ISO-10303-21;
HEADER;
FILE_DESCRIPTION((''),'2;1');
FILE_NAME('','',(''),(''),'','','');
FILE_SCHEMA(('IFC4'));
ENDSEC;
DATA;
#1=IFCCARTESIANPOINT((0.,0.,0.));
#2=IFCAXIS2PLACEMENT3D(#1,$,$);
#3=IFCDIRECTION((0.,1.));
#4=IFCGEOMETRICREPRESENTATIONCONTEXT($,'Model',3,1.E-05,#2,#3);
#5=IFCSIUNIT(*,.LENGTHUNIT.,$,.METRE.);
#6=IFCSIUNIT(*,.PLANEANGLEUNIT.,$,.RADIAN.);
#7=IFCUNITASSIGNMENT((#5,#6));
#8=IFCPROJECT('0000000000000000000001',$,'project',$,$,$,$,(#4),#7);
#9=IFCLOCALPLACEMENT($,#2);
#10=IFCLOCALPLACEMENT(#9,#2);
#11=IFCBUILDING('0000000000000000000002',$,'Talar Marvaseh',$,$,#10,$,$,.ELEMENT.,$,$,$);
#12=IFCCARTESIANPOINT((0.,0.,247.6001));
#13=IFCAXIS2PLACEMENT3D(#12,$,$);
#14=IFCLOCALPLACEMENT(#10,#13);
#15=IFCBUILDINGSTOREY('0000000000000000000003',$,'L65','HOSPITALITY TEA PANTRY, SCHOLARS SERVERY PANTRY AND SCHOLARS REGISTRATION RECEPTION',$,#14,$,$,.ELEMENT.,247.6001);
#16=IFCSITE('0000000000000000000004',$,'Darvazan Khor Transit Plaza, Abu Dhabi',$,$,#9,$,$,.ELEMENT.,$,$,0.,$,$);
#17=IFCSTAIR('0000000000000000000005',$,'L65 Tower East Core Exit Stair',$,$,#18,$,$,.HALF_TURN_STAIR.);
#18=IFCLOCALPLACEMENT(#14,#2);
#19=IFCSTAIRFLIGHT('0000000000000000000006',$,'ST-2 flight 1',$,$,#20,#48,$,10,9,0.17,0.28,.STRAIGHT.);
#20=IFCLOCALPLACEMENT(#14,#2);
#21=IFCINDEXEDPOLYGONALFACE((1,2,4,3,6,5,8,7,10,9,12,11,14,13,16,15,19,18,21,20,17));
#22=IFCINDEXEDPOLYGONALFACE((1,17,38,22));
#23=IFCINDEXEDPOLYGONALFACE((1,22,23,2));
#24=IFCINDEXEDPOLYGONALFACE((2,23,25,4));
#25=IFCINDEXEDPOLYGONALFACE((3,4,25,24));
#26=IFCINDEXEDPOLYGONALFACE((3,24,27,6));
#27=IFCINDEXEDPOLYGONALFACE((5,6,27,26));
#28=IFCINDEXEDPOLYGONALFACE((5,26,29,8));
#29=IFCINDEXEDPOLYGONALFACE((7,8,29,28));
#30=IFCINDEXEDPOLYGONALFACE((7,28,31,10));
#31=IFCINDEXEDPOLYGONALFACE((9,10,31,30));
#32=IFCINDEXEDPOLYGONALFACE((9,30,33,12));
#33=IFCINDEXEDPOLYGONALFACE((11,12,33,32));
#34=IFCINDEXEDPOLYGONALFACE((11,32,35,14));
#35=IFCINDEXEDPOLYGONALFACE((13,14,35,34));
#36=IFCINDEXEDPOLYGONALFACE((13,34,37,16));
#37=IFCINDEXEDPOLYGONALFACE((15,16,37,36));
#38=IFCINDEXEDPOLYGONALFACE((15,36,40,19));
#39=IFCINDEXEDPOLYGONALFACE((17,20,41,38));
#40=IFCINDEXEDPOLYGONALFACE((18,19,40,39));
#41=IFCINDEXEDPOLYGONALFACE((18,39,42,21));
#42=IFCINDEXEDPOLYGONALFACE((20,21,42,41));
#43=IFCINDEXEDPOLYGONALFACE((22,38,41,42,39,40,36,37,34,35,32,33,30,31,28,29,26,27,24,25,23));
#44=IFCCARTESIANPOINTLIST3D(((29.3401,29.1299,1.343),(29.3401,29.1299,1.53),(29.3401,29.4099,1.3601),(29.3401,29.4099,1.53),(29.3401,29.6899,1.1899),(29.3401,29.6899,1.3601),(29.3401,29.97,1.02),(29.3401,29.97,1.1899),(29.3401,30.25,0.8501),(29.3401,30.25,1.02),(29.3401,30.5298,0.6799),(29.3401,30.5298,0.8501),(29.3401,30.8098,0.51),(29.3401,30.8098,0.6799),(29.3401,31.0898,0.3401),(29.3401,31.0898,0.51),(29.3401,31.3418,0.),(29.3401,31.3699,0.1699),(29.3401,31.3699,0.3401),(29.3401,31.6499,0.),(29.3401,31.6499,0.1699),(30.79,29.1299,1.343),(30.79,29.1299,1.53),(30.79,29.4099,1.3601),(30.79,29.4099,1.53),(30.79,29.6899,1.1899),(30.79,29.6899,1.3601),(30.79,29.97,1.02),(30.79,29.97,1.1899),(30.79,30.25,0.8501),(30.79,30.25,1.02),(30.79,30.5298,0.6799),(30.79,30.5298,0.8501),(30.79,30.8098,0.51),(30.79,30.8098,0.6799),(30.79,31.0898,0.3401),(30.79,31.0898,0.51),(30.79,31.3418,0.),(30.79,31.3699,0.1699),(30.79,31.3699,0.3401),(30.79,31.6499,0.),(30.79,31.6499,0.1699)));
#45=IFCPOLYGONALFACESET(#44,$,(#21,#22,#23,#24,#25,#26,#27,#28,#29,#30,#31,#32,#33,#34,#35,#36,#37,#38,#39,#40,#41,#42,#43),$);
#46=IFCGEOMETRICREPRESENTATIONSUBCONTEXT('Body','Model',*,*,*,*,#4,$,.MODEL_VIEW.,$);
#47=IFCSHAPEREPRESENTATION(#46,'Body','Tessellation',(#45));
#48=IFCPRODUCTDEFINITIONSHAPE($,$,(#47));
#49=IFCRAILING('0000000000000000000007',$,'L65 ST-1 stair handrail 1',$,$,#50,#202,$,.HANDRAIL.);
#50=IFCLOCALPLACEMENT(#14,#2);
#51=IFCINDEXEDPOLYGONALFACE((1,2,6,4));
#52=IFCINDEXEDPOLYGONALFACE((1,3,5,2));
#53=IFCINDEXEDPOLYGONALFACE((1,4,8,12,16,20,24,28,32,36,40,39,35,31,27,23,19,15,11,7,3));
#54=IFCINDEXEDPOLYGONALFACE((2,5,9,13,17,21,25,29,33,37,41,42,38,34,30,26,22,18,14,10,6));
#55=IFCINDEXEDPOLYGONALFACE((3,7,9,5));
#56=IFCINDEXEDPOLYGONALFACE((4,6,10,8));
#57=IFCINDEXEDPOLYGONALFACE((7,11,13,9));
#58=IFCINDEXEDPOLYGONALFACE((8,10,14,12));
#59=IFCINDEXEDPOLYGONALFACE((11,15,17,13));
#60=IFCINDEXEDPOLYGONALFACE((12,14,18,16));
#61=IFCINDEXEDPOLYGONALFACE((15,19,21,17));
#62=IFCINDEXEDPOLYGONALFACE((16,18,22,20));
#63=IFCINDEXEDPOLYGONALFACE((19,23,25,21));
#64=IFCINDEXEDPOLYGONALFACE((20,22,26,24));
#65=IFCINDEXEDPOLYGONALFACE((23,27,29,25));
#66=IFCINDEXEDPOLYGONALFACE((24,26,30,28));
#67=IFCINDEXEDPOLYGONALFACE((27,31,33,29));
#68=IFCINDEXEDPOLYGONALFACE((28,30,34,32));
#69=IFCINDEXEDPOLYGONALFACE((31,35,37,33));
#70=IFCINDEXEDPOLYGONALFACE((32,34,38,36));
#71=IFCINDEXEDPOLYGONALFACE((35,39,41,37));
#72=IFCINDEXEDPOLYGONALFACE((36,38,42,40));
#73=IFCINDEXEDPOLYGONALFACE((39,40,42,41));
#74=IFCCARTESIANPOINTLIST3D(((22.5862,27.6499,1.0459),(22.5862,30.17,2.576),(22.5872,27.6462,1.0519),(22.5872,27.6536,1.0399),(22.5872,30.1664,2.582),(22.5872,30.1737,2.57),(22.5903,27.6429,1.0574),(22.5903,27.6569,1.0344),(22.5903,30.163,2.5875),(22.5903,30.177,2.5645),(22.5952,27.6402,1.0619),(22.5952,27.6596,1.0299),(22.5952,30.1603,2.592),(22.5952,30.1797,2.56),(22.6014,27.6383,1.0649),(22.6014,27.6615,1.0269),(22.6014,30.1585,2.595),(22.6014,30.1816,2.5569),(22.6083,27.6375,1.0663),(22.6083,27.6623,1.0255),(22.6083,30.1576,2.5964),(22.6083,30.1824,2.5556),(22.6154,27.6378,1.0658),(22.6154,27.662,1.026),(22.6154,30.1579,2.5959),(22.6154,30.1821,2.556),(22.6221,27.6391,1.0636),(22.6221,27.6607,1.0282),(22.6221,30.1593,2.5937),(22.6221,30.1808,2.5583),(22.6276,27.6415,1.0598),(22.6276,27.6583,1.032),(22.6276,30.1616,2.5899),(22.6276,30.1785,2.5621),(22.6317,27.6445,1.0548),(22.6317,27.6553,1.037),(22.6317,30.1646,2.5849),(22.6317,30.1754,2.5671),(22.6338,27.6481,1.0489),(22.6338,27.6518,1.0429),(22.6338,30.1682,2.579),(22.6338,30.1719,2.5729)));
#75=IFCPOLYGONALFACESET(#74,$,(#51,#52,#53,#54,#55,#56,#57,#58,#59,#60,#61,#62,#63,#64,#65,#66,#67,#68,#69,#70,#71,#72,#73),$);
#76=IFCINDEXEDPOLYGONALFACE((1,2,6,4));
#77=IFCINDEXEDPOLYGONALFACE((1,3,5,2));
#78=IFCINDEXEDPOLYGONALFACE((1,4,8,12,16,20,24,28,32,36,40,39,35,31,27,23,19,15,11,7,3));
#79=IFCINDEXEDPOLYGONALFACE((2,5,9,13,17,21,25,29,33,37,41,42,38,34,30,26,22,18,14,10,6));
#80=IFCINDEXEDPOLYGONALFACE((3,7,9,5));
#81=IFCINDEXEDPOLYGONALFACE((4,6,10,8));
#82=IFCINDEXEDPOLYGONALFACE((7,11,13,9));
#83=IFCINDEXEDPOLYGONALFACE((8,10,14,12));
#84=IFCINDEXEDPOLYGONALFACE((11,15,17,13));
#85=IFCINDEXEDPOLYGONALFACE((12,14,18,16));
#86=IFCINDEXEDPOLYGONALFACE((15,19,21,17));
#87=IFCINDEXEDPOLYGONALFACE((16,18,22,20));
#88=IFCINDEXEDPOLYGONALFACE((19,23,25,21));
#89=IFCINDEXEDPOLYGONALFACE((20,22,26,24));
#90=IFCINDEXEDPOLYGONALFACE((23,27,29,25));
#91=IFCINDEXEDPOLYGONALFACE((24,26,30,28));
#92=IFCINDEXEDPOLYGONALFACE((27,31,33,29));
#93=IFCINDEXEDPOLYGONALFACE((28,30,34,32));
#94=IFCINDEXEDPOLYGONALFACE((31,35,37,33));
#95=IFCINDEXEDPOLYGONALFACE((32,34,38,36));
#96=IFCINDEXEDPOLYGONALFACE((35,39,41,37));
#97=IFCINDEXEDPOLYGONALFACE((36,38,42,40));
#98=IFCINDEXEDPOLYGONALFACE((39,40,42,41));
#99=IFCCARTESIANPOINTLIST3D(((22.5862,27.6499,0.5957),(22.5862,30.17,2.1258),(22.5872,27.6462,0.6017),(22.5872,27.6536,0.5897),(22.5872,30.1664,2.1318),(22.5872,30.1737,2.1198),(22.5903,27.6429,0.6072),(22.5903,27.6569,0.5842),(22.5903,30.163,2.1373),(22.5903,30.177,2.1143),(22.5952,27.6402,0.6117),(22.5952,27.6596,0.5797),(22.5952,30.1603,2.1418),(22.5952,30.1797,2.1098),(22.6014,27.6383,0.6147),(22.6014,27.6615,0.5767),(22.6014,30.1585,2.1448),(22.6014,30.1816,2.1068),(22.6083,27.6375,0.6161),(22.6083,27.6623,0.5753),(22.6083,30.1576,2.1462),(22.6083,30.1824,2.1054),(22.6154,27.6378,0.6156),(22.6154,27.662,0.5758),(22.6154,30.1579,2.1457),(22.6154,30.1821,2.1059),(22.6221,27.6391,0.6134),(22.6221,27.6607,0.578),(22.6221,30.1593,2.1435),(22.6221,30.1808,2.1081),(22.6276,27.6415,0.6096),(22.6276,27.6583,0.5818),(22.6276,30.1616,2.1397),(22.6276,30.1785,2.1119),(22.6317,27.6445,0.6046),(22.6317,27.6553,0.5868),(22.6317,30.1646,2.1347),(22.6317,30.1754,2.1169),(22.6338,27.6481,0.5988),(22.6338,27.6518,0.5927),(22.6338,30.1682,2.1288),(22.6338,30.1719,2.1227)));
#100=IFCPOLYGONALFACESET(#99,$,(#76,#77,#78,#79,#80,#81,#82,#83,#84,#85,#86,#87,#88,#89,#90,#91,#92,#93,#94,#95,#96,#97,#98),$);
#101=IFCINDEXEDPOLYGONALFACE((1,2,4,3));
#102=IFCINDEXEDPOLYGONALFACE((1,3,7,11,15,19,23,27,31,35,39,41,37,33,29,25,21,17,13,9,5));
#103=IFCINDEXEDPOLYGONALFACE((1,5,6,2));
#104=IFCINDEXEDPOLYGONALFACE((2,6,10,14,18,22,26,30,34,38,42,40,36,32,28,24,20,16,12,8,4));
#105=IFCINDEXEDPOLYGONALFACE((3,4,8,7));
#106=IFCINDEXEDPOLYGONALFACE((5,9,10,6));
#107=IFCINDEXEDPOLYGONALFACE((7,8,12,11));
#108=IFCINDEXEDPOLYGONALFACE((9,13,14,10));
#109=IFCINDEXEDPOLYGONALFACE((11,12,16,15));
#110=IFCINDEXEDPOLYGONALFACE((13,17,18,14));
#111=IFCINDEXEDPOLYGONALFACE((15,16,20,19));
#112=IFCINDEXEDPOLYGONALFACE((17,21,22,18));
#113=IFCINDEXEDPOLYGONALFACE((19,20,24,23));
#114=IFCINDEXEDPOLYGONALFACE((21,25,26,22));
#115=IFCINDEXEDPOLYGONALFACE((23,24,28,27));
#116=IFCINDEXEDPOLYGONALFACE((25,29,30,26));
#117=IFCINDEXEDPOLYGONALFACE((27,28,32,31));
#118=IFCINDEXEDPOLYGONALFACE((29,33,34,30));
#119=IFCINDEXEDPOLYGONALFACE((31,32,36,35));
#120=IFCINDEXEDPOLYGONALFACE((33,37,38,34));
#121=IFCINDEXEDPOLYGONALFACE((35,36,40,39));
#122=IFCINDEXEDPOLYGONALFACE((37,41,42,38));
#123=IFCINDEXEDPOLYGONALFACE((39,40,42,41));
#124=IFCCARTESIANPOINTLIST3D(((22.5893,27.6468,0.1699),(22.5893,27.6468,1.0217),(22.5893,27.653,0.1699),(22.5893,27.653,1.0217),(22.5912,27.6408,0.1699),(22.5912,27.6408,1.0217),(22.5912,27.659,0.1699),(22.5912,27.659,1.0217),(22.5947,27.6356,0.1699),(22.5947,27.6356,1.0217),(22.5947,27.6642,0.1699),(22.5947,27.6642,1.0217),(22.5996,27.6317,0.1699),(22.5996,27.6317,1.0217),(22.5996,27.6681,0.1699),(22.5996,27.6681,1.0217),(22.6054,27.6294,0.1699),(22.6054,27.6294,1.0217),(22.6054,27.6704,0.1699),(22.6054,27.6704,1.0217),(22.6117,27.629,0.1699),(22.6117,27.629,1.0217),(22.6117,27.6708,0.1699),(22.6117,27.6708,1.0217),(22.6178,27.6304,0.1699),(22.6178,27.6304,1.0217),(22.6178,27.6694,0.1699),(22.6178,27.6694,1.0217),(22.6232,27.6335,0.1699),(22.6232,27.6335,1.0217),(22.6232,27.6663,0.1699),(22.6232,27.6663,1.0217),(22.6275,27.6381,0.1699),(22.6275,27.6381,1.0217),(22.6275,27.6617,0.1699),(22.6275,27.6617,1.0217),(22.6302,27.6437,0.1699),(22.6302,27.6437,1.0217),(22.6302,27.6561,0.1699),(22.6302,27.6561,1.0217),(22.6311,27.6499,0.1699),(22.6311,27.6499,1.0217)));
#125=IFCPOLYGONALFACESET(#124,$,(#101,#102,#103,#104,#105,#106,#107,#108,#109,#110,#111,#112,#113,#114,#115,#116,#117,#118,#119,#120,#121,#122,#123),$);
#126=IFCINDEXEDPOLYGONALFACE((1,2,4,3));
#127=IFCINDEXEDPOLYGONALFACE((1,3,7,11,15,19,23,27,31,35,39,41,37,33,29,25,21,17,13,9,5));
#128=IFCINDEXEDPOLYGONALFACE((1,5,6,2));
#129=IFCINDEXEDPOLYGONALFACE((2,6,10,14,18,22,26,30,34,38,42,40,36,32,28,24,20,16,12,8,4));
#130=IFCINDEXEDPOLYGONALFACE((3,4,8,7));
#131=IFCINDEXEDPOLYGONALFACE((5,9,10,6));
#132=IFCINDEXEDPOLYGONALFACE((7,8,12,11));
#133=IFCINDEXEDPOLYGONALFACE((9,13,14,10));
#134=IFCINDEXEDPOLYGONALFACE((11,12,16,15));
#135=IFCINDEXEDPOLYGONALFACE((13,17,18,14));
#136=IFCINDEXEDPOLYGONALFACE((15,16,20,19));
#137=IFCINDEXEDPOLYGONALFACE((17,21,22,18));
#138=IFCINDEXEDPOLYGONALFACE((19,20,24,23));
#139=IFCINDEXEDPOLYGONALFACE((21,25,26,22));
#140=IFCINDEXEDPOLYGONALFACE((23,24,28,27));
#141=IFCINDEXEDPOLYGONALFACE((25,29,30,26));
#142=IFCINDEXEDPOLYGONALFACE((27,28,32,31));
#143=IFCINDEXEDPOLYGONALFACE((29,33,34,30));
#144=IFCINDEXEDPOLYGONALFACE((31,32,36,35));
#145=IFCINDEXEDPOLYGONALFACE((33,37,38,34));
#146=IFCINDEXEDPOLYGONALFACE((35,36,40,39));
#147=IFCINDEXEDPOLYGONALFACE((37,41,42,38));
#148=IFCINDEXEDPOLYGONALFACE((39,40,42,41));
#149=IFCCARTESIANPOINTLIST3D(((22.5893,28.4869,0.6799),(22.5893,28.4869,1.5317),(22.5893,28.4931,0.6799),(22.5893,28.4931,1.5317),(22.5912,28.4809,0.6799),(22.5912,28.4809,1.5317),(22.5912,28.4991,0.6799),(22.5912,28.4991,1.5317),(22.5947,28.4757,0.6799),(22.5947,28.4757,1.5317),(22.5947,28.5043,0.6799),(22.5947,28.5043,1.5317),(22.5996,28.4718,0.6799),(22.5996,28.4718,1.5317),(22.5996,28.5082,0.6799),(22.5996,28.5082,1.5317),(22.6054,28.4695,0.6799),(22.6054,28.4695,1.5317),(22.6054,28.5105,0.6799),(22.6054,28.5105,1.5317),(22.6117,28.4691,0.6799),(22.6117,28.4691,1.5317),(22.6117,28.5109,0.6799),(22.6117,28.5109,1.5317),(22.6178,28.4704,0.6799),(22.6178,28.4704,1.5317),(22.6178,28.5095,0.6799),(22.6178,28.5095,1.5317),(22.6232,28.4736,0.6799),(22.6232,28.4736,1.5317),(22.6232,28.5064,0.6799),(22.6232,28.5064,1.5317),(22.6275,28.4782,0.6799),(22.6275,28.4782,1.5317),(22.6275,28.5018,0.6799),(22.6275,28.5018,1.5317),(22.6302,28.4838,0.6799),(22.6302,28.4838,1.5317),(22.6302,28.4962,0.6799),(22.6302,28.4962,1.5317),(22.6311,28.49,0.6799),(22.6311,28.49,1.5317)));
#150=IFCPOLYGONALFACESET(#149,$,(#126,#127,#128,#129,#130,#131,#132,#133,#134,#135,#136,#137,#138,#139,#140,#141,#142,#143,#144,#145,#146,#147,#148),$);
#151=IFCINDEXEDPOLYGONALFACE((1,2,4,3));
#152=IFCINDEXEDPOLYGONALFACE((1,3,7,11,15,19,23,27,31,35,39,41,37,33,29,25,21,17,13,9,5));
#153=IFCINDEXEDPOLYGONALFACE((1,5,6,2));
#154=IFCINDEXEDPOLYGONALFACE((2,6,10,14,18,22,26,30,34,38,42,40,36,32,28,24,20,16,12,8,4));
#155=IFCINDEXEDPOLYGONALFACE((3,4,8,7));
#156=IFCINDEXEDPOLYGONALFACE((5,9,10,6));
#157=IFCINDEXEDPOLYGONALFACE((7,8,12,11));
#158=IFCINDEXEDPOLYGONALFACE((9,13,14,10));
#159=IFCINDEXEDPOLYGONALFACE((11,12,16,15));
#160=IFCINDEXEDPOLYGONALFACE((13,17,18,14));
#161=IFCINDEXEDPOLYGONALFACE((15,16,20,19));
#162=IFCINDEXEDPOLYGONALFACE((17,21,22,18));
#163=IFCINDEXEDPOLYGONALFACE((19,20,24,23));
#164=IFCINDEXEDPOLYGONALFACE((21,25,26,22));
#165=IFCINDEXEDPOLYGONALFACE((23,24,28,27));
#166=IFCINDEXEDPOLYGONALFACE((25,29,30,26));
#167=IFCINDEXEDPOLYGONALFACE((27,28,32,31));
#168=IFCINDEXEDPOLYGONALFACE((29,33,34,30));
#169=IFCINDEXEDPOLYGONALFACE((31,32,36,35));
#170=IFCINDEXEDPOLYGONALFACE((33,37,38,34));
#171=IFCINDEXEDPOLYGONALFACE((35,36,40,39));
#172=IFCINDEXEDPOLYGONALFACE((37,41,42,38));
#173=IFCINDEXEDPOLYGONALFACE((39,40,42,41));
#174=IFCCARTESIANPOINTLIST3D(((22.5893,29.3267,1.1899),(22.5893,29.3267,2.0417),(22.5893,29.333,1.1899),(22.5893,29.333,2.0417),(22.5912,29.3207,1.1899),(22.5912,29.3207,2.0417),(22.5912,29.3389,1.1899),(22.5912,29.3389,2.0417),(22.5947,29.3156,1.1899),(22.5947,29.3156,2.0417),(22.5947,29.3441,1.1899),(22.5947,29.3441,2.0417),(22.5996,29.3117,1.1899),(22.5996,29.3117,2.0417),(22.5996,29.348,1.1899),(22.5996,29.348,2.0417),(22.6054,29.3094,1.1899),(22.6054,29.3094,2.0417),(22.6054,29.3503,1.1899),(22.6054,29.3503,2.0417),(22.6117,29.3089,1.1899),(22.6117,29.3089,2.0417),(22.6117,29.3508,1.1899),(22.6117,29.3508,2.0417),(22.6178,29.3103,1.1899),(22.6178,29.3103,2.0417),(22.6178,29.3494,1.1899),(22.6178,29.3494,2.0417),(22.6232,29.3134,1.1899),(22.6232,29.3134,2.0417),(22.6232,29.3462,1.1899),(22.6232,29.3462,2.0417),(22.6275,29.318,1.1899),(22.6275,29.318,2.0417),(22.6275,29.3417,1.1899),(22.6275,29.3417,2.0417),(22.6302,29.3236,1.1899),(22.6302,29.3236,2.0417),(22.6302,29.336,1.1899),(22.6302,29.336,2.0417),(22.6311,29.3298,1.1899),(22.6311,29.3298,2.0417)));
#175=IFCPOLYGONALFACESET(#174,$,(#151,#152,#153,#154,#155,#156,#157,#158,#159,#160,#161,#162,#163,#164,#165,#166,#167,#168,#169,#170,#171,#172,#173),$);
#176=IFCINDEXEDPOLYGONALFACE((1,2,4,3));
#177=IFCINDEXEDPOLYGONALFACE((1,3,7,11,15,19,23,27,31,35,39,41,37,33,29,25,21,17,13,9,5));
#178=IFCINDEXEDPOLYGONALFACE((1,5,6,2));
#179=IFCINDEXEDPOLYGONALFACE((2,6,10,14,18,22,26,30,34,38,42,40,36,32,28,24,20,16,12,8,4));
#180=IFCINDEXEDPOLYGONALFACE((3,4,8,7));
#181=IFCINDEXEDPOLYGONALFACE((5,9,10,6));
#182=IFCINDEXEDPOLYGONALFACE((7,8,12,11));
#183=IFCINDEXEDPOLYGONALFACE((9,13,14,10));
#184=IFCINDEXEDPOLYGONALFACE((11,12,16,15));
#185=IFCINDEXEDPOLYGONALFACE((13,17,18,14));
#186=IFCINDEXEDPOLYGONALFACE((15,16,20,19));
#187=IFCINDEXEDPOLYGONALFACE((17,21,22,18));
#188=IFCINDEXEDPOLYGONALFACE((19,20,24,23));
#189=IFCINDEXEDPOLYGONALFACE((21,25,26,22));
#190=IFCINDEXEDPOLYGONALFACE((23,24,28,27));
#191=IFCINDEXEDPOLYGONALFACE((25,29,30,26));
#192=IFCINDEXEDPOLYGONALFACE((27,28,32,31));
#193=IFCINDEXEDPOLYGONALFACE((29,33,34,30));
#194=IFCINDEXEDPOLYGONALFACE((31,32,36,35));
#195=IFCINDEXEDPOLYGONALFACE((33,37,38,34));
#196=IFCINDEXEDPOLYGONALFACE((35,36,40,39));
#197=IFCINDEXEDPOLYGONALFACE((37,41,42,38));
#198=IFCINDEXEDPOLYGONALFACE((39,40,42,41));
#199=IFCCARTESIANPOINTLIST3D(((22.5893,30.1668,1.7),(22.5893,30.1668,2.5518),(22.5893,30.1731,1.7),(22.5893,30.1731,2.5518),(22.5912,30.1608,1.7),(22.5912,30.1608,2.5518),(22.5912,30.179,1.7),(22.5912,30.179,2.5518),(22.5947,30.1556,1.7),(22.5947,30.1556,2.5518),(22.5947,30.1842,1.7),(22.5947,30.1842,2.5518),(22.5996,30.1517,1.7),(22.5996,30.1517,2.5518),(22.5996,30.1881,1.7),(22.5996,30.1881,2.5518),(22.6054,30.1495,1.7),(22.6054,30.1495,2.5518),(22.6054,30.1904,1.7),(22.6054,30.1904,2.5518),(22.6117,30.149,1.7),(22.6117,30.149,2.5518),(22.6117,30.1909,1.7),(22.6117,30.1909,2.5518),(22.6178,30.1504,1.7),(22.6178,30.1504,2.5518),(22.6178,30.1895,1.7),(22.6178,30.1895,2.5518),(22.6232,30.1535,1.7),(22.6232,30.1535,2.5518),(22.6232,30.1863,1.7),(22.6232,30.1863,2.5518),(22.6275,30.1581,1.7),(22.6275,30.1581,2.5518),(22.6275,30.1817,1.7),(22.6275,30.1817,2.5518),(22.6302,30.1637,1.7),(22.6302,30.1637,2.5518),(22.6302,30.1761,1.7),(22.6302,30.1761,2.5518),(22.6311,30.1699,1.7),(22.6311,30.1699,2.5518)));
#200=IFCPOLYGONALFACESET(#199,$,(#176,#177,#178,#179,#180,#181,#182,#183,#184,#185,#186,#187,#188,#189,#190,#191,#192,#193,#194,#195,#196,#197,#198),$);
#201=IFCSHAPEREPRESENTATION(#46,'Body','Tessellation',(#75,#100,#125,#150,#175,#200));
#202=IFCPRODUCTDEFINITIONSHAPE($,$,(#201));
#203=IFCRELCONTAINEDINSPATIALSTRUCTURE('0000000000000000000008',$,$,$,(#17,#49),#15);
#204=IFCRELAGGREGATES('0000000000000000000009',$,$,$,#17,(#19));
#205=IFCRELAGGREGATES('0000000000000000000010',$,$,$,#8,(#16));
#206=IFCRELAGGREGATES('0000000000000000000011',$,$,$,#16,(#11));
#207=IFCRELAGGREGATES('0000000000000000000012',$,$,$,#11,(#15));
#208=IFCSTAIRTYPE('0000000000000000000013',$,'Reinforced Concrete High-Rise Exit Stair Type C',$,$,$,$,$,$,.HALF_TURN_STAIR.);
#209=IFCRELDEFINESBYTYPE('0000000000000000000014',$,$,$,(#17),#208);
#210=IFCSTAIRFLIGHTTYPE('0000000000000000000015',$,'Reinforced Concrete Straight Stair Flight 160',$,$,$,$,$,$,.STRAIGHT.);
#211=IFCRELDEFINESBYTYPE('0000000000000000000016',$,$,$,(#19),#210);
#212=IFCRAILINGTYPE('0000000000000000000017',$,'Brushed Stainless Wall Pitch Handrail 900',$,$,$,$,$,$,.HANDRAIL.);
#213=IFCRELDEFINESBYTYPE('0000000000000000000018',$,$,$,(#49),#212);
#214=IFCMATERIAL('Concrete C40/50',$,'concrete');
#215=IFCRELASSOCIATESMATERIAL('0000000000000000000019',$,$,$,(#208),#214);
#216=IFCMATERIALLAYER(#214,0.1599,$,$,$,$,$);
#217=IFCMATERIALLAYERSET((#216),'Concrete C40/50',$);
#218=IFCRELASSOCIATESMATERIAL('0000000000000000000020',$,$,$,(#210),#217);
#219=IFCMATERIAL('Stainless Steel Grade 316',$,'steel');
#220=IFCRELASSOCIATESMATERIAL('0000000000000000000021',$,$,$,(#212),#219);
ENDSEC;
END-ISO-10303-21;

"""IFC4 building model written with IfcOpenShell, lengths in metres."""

from ifc_helpers import new_model, si_unit, direction, frame, origin, origin_2d, place, context, subcontext, project, spatial, polyline, circle, outline, extrude, material, layer, layer_set, type_object, element, aggregate, save


model = new_model("IFC4")

# Units and contexts
model_context = context("Model", 3, precision=1e-05, world=origin(), true_north=direction((0.0, 1.0)))
body_context = subcontext(model_context, "Body", "Model", "MODEL_VIEW")
ifc_project = project(units=[si_unit("LENGTHUNIT", "METRE"), si_unit("PLANEANGLEUNIT", "RADIAN")], contexts=[model_context])

# Site, building, storey
site_placement = place(None, origin())
site = spatial("IfcSite", under=ifc_project, at=site_placement, Name="Darvazan Khor Transit Plaza, Abu Dhabi", CompositionType="ELEMENT", RefElevation=0.0)
building_placement = place(site_placement, origin())
building = spatial("IfcBuilding", under=site, at=building_placement, Name="Talar Marvaseh", CompositionType="ELEMENT")
storey_placement = place(building_placement, frame((0.0, 0.0, 247.6001)))
storey = spatial("IfcBuildingStorey", under=building, at=storey_placement, Name="L65", Description="HOSPITALITY TEA PANTRY, SCHOLARS SERVERY PANTRY AND SCHOLARS REGISTRATION RECEPTION", CompositionType="ELEMENT", Elevation=247.6001)

# Shared definitions
ifc_material_1 = material(Name="Concrete C40/50", Category="concrete")

# Shared definitions
ifc_material_2 = material(Name="Stainless Steel Grade 316", Category="steel")

# Stair, stair flight
stair_type = type_object("IfcStairType", Name="Reinforced Concrete High-Rise Exit Stair Type C", PredefinedType="HALF_TURN_STAIR", material=ifc_material_1)
stair_placement = place(storey_placement, origin())
stair = element("IfcStair", 1, at=stair_placement, inside=storey, type_object=stair_type, Name="L65 Tower East Core Exit Stair", PredefinedType="HALF_TURN_STAIR")
ifc_layer_1 = layer(ifc_material_1, 0.1599)
ifc_layer_set_1 = layer_set([ifc_layer_1], Name="Concrete C40/50")
stair_flight_type = type_object("IfcStairFlightType", Name="Reinforced Concrete Straight Stair Flight 160", PredefinedType="STRAIGHT", material=ifc_layer_set_1)
stair_flight_placement = place(storey_placement, frame((30.0649, 31.6499, 0.0), z_axis=(0.0, 0.0, 1.0), x_axis=(0.0, -1.0, 0.0)))
stair_flight = element("IfcStairFlight", 2, at=stair_flight_placement, type_object=stair_flight_type, Name="ST-2 flight 1", NumberOfRisers=10, NumberOfTreads=9, PredefinedType="STRAIGHT", RiserHeight=0.17, TreadLength=0.28, context=body_context, shape_type="SweptSolid", body=[
    extrude(outline(polyline([(0.0, 0.0), (0.0, 0.1699), (0.28, 0.1699), (0.28, 0.3401), (0.5601, 0.3401), (0.5601, 0.51), (0.8401, 0.51), (0.8401, 0.6799), (1.1201, 0.6799), (1.1201, 0.8501), (1.3999, 0.8501), (1.3999, 1.02), (1.6799, 1.02), (1.6799, 1.1899), (1.96, 1.1899), (1.96, 1.3601), (2.24, 1.3601), (2.24, 1.53), (2.52, 1.53), (2.52, 1.7), (2.52, 1.343), (0.3081, 0.0), (0.0, 0.0)])), frame((0.0, 0.7251, 0.0), z_axis=(0.0, -1.0, 0.0), x_axis=(1.0, 0.0, 0.0)), (0.0, 0.0, 1.0), 1.45),
])
aggregate(stair, [stair_flight])

# Railing
railing_type_1 = type_object("IfcRailingType", Name="Brushed Stainless Wall Pitch Handrail 900", PredefinedType="HANDRAIL", material=ifc_material_2)
railing_1_placement = place(storey_placement, frame((22.6101, 27.6499, 0.1699)))
element("IfcRailing", 3, at=railing_1_placement, inside=storey, type_object=railing_type_1, Name="L65 ST-1 stair handrail 1", PredefinedType="HANDRAIL", context=body_context, shape_type="SweptSolid", body=[
    extrude(circle(Radius=0.0239, at=origin_2d()), frame((0.0, 0.0, 0.876), z_axis=(0.0, 0.854785, 0.518982), x_axis=(-1.0, 0.0, 0.0)), (0.0, 0.0, 1.0), 2.9482),
    extrude(circle(Radius=0.0239, at=origin_2d()), frame((0.0, 0.0, 0.4258), z_axis=(0.0, 0.854785, 0.518982), x_axis=(-1.0, 0.0, 0.0)), (0.0, 0.0, 1.0), 2.9482),
    extrude(circle(Radius=0.021, at=origin_2d()), origin(), (0.0, 0.0, 1.0), 0.8518),
    extrude(circle(Radius=0.021, at=origin_2d()), frame((0.0, 0.8401, 0.51)), (0.0, 0.0, 1.0), 0.8518),
    extrude(circle(Radius=0.021, at=origin_2d()), frame((0.0, 1.6799, 1.02)), (0.0, 0.0, 1.0), 0.8518),
    extrude(circle(Radius=0.021, at=origin_2d()), frame((0.0, 2.52, 1.53)), (0.0, 0.0, 1.0), 0.8518),
])

save(model, "model.ifc")
